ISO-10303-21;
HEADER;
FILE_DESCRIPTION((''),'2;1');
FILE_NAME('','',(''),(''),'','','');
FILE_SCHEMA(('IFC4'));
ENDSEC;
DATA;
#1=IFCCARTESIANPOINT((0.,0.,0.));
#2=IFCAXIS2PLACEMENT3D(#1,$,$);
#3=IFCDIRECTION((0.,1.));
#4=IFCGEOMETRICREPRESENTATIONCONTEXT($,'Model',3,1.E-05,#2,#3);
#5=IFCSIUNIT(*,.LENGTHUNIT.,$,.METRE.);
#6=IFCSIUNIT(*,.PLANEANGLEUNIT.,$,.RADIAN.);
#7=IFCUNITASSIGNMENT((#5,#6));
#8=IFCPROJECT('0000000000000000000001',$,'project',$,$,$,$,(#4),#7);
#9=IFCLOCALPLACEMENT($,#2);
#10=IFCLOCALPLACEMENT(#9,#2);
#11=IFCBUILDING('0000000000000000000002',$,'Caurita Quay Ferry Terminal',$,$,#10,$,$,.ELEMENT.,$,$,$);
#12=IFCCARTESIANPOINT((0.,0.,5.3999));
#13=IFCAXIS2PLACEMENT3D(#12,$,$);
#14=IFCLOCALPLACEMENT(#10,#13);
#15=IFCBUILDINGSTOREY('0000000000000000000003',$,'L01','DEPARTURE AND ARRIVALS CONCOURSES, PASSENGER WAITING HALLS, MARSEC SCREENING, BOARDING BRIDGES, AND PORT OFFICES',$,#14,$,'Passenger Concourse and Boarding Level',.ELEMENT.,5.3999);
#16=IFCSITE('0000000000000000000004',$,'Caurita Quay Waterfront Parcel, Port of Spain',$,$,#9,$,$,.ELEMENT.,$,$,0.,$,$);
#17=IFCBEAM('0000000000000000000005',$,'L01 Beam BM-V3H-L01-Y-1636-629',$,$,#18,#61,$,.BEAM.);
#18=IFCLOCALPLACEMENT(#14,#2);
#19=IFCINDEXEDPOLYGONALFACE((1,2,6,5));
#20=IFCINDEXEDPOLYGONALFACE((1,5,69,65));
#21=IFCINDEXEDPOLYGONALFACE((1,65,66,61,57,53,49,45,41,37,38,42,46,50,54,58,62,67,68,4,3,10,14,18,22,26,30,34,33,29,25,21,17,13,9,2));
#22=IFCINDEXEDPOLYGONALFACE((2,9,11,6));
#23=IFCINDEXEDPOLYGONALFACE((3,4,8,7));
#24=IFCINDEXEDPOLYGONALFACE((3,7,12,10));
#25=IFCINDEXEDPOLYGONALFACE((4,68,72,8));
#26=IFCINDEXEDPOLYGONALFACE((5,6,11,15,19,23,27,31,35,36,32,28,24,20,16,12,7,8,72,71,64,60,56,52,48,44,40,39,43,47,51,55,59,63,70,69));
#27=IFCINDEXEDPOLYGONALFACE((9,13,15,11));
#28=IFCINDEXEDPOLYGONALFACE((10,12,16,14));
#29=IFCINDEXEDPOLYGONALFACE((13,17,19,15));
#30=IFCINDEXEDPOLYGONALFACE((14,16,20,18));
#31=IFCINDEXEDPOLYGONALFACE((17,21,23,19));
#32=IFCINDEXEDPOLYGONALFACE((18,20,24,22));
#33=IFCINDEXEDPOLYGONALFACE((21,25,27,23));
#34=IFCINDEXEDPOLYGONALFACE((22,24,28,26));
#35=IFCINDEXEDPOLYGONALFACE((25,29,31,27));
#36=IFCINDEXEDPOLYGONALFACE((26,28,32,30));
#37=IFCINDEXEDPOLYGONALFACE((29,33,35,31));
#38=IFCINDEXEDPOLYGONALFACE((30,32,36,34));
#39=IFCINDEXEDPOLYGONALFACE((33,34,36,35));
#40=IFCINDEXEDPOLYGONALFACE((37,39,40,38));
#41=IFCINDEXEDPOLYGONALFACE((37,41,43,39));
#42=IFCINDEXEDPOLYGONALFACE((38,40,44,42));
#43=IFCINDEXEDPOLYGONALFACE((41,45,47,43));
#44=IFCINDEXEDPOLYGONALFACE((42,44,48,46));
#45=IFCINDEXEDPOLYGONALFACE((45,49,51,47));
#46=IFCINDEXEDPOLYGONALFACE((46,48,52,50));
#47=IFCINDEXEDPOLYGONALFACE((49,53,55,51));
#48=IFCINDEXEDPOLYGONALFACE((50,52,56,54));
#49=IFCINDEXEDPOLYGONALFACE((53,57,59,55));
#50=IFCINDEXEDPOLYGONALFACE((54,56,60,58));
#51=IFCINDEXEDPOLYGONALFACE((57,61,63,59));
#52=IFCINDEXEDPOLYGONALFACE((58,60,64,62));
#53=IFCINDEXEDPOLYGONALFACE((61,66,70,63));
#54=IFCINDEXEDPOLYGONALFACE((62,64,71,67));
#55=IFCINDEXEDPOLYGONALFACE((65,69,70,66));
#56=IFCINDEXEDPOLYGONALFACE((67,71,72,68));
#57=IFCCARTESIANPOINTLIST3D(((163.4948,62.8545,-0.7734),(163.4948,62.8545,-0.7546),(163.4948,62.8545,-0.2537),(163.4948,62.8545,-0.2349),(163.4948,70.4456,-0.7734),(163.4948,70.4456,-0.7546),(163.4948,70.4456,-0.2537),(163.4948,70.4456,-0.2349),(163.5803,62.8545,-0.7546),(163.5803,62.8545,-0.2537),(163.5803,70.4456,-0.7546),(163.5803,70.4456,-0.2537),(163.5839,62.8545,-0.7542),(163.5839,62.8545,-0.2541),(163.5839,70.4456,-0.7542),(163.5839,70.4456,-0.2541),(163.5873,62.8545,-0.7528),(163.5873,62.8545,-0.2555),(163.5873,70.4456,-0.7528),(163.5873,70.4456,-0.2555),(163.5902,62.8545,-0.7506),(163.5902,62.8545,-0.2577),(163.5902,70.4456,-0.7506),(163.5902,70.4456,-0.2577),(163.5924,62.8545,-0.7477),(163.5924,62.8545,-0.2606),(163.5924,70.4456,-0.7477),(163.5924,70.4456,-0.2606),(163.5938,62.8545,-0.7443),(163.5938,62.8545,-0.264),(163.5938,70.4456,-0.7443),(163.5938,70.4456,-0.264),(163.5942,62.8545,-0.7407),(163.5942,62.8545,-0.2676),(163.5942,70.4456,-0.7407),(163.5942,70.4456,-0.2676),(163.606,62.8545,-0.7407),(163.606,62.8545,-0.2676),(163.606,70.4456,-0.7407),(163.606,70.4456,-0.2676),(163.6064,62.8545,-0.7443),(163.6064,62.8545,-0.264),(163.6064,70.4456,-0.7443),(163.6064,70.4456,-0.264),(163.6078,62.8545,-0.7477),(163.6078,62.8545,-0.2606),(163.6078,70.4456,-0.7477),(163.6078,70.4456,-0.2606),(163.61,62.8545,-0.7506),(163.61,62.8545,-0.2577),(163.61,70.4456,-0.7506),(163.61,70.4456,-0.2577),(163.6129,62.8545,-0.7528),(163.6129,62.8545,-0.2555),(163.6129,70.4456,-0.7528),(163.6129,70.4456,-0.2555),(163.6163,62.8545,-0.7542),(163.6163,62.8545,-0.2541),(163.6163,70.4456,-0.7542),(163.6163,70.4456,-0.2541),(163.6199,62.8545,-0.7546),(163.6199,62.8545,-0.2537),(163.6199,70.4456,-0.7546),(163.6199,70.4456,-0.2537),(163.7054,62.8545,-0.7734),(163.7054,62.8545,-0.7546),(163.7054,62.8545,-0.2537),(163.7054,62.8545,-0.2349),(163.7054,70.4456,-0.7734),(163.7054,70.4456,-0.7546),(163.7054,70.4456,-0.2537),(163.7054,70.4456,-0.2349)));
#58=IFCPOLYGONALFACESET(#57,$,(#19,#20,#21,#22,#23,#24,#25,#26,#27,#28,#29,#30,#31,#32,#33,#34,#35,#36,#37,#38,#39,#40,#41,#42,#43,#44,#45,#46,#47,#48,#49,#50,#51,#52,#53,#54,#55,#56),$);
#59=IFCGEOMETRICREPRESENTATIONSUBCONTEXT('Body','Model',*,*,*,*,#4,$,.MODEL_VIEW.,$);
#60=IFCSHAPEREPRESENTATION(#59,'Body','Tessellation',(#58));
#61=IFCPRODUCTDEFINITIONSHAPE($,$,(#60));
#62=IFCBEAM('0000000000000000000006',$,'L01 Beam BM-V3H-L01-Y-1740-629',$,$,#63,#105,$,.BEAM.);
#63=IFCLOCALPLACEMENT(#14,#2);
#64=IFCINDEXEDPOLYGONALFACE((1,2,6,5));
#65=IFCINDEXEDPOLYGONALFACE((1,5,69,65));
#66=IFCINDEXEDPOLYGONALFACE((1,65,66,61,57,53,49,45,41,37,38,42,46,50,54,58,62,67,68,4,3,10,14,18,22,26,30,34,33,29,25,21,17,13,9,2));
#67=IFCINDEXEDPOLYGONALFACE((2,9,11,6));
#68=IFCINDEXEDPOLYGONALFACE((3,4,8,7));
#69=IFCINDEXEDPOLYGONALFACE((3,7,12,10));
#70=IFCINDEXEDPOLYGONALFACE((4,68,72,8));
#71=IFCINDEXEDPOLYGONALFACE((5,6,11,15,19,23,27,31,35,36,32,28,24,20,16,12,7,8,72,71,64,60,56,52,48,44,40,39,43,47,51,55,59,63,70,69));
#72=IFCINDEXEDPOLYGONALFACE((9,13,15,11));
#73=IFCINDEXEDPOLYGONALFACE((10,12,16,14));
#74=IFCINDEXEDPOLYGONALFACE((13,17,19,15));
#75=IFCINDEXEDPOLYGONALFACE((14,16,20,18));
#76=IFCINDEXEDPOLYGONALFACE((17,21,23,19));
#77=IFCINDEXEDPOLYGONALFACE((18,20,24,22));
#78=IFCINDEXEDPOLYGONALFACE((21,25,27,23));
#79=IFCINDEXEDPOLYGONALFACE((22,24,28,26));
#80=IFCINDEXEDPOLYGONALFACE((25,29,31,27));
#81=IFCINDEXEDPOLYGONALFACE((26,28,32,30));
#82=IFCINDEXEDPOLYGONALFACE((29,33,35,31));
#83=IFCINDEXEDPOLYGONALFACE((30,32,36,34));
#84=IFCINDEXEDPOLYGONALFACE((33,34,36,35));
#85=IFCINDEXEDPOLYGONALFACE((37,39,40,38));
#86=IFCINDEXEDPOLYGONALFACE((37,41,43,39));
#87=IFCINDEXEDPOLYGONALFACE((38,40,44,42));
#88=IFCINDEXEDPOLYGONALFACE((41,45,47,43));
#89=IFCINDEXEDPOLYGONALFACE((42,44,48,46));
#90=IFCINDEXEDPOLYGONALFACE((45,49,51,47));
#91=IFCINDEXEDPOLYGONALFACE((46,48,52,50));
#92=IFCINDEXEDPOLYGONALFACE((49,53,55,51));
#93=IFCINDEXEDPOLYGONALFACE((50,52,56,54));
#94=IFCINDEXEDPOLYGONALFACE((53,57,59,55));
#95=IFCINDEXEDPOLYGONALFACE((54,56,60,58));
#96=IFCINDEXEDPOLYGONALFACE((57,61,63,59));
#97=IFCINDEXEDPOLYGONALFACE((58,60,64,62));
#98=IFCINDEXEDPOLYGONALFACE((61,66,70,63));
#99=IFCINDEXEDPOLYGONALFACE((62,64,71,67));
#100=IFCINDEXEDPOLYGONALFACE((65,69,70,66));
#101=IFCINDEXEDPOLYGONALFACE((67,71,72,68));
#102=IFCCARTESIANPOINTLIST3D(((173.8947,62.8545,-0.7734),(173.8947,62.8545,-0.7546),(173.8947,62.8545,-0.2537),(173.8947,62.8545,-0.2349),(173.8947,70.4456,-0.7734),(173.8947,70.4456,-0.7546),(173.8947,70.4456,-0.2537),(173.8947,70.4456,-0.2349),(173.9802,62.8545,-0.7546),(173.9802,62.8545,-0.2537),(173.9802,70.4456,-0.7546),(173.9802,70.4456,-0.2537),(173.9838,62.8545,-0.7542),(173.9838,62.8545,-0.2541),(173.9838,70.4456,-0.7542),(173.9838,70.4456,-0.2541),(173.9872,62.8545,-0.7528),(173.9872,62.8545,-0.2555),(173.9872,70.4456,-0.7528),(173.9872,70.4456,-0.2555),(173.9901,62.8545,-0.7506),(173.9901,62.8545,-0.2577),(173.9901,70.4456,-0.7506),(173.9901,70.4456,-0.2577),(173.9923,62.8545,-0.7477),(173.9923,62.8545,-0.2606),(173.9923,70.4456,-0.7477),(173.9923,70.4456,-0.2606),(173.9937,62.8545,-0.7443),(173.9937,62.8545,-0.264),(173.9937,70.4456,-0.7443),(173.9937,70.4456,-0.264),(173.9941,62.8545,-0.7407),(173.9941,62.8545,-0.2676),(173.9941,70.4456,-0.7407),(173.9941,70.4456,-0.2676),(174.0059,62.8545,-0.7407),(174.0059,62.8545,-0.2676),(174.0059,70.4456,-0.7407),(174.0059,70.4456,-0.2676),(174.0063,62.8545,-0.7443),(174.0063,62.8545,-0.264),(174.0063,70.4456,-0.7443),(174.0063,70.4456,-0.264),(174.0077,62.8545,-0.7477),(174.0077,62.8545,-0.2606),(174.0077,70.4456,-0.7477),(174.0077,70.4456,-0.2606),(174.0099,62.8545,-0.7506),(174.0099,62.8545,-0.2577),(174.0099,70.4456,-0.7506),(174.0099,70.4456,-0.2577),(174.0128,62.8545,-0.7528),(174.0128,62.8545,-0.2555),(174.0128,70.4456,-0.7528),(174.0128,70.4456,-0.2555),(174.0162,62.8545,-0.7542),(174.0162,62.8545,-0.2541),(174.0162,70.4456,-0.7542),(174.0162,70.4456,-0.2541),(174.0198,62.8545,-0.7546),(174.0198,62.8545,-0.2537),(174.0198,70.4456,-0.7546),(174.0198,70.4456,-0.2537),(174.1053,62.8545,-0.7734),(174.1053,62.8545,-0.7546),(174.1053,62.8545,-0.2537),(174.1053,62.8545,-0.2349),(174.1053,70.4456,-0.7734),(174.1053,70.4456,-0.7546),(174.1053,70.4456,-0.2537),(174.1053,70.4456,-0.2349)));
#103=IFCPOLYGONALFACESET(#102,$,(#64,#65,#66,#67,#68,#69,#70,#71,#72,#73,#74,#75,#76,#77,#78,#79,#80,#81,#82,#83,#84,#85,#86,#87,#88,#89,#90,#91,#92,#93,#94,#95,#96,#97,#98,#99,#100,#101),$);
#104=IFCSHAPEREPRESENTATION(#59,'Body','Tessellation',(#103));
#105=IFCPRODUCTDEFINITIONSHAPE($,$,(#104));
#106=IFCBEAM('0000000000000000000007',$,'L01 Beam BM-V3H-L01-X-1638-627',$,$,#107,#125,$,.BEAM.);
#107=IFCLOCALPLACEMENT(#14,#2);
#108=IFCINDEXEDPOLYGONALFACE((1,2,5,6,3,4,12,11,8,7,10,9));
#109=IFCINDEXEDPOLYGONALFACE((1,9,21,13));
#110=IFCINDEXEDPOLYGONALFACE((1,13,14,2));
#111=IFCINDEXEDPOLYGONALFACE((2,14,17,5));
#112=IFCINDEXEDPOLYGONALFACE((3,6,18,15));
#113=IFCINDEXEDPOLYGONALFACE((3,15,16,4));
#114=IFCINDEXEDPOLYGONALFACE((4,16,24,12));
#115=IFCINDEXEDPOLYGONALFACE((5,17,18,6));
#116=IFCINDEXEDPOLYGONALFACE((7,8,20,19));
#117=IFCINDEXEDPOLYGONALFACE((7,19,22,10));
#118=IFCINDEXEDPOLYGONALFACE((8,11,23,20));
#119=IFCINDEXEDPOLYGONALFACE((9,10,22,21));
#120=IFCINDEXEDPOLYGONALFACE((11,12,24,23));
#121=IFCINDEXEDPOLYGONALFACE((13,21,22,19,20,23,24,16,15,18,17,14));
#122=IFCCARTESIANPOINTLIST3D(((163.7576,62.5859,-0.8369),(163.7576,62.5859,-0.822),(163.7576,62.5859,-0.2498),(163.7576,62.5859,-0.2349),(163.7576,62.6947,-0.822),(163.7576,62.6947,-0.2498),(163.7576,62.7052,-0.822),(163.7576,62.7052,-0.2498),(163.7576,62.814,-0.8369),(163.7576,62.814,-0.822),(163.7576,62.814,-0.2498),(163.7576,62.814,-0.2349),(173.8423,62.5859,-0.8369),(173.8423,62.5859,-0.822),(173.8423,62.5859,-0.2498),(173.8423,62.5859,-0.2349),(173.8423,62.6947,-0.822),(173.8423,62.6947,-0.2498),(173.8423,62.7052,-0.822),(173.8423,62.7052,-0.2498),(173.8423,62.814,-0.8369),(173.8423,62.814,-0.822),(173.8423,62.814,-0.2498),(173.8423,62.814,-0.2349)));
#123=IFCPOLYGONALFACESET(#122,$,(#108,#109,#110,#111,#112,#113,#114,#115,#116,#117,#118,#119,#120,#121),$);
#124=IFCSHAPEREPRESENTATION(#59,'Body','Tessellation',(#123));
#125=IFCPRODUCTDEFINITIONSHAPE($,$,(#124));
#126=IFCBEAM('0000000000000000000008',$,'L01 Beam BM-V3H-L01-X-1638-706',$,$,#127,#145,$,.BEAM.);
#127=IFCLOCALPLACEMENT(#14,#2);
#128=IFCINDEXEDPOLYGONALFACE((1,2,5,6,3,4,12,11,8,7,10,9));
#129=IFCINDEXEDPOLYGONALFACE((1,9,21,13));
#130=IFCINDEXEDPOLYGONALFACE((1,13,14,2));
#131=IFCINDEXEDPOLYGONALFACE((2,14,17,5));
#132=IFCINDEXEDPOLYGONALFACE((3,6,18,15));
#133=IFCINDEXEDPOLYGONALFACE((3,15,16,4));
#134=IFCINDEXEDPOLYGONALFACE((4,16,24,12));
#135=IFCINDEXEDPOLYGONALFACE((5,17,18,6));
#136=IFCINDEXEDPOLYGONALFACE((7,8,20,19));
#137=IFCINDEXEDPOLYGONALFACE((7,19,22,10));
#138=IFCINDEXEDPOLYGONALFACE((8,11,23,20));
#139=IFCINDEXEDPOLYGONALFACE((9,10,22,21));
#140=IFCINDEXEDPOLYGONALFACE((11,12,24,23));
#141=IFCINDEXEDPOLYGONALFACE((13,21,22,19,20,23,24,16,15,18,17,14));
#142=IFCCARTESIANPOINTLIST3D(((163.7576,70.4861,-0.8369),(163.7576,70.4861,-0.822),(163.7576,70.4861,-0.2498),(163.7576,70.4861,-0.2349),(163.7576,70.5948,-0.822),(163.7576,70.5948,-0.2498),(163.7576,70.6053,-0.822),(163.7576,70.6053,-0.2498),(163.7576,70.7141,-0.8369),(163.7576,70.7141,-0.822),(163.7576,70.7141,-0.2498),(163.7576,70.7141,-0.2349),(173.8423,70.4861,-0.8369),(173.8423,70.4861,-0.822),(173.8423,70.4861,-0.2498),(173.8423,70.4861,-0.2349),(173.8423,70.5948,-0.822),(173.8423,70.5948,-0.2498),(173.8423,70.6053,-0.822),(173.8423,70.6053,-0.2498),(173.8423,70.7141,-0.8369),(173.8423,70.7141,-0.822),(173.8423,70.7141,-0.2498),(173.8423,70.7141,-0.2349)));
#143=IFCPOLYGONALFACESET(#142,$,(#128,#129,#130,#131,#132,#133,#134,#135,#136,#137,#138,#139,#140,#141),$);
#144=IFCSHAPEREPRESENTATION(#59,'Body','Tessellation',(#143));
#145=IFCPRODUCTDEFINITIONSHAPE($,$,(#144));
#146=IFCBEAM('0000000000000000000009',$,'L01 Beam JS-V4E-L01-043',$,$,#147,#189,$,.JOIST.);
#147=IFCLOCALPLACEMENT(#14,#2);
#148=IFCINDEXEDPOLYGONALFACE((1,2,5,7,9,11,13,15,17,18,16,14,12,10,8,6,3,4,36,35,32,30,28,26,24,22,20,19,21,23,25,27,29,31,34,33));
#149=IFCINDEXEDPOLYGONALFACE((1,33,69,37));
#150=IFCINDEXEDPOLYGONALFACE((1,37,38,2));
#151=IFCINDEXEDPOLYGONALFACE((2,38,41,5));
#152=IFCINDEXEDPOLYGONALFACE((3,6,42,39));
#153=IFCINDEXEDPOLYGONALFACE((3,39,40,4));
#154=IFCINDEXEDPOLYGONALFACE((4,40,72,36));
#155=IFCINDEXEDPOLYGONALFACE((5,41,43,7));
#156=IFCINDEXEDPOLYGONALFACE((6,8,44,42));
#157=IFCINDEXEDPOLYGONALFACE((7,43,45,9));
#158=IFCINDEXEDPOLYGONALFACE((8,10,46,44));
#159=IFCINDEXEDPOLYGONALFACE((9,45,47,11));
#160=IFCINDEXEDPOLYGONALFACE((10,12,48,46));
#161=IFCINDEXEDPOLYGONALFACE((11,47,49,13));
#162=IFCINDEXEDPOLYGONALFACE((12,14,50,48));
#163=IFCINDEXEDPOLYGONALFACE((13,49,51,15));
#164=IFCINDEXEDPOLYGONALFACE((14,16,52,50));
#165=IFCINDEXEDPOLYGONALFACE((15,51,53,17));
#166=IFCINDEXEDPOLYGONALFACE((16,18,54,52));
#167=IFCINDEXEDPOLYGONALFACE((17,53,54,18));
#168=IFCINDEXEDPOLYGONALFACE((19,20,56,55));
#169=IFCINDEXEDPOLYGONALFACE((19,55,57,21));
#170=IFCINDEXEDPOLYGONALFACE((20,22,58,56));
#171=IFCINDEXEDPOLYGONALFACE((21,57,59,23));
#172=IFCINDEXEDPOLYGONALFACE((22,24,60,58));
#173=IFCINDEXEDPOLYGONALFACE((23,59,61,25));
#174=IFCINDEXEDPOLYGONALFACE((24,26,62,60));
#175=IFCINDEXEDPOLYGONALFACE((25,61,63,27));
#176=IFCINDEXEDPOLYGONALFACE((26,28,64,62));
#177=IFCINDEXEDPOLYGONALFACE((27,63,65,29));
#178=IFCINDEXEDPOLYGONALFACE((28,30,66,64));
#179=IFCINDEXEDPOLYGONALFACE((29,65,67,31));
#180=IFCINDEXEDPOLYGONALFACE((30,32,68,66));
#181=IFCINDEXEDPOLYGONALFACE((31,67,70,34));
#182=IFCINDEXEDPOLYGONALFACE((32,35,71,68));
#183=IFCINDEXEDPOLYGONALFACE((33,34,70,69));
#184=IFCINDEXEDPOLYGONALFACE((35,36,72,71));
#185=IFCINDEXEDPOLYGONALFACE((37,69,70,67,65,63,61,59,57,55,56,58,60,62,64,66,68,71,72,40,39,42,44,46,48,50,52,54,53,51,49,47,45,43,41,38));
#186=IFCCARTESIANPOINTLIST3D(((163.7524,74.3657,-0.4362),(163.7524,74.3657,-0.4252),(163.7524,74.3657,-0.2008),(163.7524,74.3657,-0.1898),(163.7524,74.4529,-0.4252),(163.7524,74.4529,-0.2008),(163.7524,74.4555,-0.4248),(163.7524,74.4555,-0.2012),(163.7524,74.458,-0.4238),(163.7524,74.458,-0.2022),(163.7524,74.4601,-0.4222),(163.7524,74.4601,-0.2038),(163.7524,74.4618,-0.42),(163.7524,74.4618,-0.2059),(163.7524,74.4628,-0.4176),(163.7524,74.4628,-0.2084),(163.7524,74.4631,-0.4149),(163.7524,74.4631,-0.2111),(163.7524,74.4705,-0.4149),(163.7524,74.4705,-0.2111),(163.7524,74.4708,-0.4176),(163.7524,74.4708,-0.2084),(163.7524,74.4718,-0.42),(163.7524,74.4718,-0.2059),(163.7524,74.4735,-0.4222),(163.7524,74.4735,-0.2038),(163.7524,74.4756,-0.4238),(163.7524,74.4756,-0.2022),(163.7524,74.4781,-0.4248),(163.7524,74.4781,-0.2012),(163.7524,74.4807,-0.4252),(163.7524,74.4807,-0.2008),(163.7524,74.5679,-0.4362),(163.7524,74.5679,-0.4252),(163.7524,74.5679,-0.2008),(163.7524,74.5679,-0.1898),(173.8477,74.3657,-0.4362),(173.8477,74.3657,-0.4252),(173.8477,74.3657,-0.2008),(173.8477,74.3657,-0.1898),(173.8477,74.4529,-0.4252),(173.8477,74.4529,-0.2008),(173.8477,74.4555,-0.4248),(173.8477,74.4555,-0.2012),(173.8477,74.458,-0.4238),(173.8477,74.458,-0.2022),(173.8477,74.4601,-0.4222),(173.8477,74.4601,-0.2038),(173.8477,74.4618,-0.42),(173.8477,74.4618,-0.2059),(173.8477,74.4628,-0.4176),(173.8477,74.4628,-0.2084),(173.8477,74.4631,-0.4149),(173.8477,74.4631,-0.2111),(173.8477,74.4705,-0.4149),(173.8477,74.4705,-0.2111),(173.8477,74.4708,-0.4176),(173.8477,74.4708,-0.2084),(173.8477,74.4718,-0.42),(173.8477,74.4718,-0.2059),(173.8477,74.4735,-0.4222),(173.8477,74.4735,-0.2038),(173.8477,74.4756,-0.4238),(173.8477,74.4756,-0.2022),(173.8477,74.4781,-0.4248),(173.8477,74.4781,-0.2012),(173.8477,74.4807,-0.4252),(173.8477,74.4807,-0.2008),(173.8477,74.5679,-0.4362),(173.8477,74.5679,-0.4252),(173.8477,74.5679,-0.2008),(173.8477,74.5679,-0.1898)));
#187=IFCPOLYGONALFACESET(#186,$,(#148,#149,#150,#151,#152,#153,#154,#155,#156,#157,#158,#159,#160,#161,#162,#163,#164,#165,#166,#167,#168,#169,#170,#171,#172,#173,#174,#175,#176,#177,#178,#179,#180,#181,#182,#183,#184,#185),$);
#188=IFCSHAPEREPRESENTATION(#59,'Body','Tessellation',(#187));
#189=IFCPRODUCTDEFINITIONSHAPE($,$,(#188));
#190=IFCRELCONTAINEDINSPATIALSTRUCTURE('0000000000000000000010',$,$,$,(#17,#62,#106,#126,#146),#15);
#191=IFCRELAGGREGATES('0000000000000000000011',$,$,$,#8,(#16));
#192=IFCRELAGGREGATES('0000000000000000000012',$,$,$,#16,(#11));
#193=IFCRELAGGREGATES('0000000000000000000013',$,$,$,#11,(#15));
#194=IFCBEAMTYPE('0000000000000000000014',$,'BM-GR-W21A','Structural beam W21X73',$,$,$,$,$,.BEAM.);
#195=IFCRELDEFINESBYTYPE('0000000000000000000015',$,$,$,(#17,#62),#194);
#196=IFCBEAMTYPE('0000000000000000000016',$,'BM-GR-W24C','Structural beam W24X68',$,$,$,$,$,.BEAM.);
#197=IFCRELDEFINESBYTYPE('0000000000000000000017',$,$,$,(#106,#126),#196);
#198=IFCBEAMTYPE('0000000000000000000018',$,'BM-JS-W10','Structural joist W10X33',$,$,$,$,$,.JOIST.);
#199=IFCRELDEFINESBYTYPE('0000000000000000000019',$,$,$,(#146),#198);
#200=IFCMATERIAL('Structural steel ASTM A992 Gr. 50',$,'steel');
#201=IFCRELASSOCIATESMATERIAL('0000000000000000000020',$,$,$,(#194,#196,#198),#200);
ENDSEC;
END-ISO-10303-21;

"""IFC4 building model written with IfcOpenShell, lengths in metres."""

from ifc_helpers import new_model, si_unit, direction, frame, origin, origin_2d, place, context, subcontext, project, spatial, i_section, extrude, material, material_profile, profile_set, type_object, element, save


model = new_model("IFC4")

# Units and contexts
model_context = context("Model", 3, precision=1e-05, world=origin(), true_north=direction((0.0, 1.0)))
body_context = subcontext(model_context, "Body", "Model", "MODEL_VIEW")
ifc_project = project(units=[si_unit("LENGTHUNIT", "METRE"), si_unit("PLANEANGLEUNIT", "RADIAN")], contexts=[model_context])

# Site, building, storey
site_placement = place(None, origin())
site = spatial("IfcSite", under=ifc_project, at=site_placement, Name="Caurita Quay Waterfront Parcel, Port of Spain", CompositionType="ELEMENT", RefElevation=0.0)
building_placement = place(site_placement, origin())
building = spatial("IfcBuilding", under=site, at=building_placement, Name="Caurita Quay Ferry Terminal", CompositionType="ELEMENT")
storey_placement = place(building_placement, frame((0.0, 0.0, 5.3999)))
storey = spatial("IfcBuildingStorey", under=building, at=storey_placement, Name="L01", Description="DEPARTURE AND ARRIVALS CONCOURSES, PASSENGER WAITING HALLS, MARSEC SCREENING, BOARDING BRIDGES, AND PORT OFFICES", LongName="Passenger Concourse and Boarding Level", CompositionType="ELEMENT", Elevation=5.3999)

# Shared definitions
ifc_material_1 = material(Name="Structural steel ASTM A992 Gr. 50", Category="steel")

# Beams
ifc_material_profile_1 = material_profile(ifc_material_1, i_section(OverallWidth=0.2107, OverallDepth=0.5386, WebThickness=0.0117, FlangeThickness=0.0188, FilletRadius=0.0139, at=origin_2d()), Name="W21X73")
ifc_profile_set_1 = profile_set([ifc_material_profile_1], Name="Structural steel ASTM A992 Gr. 50")
beam_type_1 = type_object("IfcBeamType", Name="BM-GR-W21A", Description="Structural beam W21X73", PredefinedType="BEAM", material=ifc_profile_set_1)
for number, where, z_axis, x_axis, name in (
    (1, (163.6001, 62.8545, -0.5042), (0.0, 1.0, 0.0), (-1.0, 0.0, 0.0), "L01 Beam BM-V3H-L01-Y-1636-629"),
    (2, (174.0, 62.8545, -0.5042), (0.0, 1.0, 0.0), (-1.0, 0.0, 0.0), "L01 Beam BM-V3H-L01-Y-1740-629"),
):
    element("IfcBeam", number, at=place(storey_placement, frame(where, z_axis=z_axis, x_axis=x_axis)), inside=storey, type_object=beam_type_1, Name=name, PredefinedType="BEAM", context=body_context, shape_type="SweptSolid", body=[
        extrude(i_section(OverallWidth=0.2107, OverallDepth=0.5386, WebThickness=0.0117, FlangeThickness=0.0188, FilletRadius=0.0139, at=origin_2d()), origin(), (0.0, 0.0, 1.0), 7.5911),
    ])
ifc_material_profile_2 = material_profile(ifc_material_1, i_section(OverallWidth=0.228, OverallDepth=0.6021, WebThickness=0.0105, FlangeThickness=0.0149, at=origin_2d()), Name="W24X68")
ifc_profile_set_2 = profile_set([ifc_material_profile_2], Name="Structural steel ASTM A992 Gr. 50")
beam_type_2 = type_object("IfcBeamType", Name="BM-GR-W24C", Description="Structural beam W24X68", PredefinedType="BEAM", material=ifc_profile_set_2)
for number, where, z_axis, x_axis, name in (
    (3, (163.7576, 62.7, -0.5359), (1.0, 0.0, 0.0), (0.0, 1.0, 0.0), "L01 Beam BM-V3H-L01-X-1638-627"),
    (4, (163.7576, 70.6001, -0.5359), (1.0, 0.0, 0.0), (0.0, 1.0, 0.0), "L01 Beam BM-V3H-L01-X-1638-706"),
):
    element("IfcBeam", number, at=place(storey_placement, frame(where, z_axis=z_axis, x_axis=x_axis)), inside=storey, type_object=beam_type_2, Name=name, PredefinedType="BEAM", context=body_context, shape_type="SweptSolid", body=[
        extrude(i_section(OverallWidth=0.228, OverallDepth=0.6021, WebThickness=0.0105, FlangeThickness=0.0149, at=origin_2d()), origin(), (0.0, 0.0, 1.0), 10.0847),
    ])
ifc_material_profile_3 = material_profile(ifc_material_1, i_section(OverallWidth=0.2021, OverallDepth=0.2463, WebThickness=0.0073, FlangeThickness=0.011, FilletRadius=0.0103, at=origin_2d()), Name="W10X33")
ifc_profile_set_3 = profile_set([ifc_material_profile_3], Name="Structural steel ASTM A992 Gr. 50")
beam_type_3 = type_object("IfcBeamType", Name="BM-JS-W10", Description="Structural joist W10X33", PredefinedType="JOIST", material=ifc_profile_set_3)
for number, where, z_axis, x_axis, name in (
    (5, (163.7524, 74.4668, -0.313), (1.0, 0.0, 0.0), (0.0, 1.0, 0.0), "L01 Beam JS-V4E-L01-043"),
):
    element("IfcBeam", number, at=place(storey_placement, frame(where, z_axis=z_axis, x_axis=x_axis)), inside=storey, type_object=beam_type_3, Name=name, PredefinedType="JOIST", context=body_context, shape_type="SweptSolid", body=[
        extrude(i_section(OverallWidth=0.2021, OverallDepth=0.2463, WebThickness=0.0073, FlangeThickness=0.011, FilletRadius=0.0103, at=origin_2d()), origin(), (0.0, 0.0, 1.0), 10.0952),
    ])

save(model, "model.ifc")
